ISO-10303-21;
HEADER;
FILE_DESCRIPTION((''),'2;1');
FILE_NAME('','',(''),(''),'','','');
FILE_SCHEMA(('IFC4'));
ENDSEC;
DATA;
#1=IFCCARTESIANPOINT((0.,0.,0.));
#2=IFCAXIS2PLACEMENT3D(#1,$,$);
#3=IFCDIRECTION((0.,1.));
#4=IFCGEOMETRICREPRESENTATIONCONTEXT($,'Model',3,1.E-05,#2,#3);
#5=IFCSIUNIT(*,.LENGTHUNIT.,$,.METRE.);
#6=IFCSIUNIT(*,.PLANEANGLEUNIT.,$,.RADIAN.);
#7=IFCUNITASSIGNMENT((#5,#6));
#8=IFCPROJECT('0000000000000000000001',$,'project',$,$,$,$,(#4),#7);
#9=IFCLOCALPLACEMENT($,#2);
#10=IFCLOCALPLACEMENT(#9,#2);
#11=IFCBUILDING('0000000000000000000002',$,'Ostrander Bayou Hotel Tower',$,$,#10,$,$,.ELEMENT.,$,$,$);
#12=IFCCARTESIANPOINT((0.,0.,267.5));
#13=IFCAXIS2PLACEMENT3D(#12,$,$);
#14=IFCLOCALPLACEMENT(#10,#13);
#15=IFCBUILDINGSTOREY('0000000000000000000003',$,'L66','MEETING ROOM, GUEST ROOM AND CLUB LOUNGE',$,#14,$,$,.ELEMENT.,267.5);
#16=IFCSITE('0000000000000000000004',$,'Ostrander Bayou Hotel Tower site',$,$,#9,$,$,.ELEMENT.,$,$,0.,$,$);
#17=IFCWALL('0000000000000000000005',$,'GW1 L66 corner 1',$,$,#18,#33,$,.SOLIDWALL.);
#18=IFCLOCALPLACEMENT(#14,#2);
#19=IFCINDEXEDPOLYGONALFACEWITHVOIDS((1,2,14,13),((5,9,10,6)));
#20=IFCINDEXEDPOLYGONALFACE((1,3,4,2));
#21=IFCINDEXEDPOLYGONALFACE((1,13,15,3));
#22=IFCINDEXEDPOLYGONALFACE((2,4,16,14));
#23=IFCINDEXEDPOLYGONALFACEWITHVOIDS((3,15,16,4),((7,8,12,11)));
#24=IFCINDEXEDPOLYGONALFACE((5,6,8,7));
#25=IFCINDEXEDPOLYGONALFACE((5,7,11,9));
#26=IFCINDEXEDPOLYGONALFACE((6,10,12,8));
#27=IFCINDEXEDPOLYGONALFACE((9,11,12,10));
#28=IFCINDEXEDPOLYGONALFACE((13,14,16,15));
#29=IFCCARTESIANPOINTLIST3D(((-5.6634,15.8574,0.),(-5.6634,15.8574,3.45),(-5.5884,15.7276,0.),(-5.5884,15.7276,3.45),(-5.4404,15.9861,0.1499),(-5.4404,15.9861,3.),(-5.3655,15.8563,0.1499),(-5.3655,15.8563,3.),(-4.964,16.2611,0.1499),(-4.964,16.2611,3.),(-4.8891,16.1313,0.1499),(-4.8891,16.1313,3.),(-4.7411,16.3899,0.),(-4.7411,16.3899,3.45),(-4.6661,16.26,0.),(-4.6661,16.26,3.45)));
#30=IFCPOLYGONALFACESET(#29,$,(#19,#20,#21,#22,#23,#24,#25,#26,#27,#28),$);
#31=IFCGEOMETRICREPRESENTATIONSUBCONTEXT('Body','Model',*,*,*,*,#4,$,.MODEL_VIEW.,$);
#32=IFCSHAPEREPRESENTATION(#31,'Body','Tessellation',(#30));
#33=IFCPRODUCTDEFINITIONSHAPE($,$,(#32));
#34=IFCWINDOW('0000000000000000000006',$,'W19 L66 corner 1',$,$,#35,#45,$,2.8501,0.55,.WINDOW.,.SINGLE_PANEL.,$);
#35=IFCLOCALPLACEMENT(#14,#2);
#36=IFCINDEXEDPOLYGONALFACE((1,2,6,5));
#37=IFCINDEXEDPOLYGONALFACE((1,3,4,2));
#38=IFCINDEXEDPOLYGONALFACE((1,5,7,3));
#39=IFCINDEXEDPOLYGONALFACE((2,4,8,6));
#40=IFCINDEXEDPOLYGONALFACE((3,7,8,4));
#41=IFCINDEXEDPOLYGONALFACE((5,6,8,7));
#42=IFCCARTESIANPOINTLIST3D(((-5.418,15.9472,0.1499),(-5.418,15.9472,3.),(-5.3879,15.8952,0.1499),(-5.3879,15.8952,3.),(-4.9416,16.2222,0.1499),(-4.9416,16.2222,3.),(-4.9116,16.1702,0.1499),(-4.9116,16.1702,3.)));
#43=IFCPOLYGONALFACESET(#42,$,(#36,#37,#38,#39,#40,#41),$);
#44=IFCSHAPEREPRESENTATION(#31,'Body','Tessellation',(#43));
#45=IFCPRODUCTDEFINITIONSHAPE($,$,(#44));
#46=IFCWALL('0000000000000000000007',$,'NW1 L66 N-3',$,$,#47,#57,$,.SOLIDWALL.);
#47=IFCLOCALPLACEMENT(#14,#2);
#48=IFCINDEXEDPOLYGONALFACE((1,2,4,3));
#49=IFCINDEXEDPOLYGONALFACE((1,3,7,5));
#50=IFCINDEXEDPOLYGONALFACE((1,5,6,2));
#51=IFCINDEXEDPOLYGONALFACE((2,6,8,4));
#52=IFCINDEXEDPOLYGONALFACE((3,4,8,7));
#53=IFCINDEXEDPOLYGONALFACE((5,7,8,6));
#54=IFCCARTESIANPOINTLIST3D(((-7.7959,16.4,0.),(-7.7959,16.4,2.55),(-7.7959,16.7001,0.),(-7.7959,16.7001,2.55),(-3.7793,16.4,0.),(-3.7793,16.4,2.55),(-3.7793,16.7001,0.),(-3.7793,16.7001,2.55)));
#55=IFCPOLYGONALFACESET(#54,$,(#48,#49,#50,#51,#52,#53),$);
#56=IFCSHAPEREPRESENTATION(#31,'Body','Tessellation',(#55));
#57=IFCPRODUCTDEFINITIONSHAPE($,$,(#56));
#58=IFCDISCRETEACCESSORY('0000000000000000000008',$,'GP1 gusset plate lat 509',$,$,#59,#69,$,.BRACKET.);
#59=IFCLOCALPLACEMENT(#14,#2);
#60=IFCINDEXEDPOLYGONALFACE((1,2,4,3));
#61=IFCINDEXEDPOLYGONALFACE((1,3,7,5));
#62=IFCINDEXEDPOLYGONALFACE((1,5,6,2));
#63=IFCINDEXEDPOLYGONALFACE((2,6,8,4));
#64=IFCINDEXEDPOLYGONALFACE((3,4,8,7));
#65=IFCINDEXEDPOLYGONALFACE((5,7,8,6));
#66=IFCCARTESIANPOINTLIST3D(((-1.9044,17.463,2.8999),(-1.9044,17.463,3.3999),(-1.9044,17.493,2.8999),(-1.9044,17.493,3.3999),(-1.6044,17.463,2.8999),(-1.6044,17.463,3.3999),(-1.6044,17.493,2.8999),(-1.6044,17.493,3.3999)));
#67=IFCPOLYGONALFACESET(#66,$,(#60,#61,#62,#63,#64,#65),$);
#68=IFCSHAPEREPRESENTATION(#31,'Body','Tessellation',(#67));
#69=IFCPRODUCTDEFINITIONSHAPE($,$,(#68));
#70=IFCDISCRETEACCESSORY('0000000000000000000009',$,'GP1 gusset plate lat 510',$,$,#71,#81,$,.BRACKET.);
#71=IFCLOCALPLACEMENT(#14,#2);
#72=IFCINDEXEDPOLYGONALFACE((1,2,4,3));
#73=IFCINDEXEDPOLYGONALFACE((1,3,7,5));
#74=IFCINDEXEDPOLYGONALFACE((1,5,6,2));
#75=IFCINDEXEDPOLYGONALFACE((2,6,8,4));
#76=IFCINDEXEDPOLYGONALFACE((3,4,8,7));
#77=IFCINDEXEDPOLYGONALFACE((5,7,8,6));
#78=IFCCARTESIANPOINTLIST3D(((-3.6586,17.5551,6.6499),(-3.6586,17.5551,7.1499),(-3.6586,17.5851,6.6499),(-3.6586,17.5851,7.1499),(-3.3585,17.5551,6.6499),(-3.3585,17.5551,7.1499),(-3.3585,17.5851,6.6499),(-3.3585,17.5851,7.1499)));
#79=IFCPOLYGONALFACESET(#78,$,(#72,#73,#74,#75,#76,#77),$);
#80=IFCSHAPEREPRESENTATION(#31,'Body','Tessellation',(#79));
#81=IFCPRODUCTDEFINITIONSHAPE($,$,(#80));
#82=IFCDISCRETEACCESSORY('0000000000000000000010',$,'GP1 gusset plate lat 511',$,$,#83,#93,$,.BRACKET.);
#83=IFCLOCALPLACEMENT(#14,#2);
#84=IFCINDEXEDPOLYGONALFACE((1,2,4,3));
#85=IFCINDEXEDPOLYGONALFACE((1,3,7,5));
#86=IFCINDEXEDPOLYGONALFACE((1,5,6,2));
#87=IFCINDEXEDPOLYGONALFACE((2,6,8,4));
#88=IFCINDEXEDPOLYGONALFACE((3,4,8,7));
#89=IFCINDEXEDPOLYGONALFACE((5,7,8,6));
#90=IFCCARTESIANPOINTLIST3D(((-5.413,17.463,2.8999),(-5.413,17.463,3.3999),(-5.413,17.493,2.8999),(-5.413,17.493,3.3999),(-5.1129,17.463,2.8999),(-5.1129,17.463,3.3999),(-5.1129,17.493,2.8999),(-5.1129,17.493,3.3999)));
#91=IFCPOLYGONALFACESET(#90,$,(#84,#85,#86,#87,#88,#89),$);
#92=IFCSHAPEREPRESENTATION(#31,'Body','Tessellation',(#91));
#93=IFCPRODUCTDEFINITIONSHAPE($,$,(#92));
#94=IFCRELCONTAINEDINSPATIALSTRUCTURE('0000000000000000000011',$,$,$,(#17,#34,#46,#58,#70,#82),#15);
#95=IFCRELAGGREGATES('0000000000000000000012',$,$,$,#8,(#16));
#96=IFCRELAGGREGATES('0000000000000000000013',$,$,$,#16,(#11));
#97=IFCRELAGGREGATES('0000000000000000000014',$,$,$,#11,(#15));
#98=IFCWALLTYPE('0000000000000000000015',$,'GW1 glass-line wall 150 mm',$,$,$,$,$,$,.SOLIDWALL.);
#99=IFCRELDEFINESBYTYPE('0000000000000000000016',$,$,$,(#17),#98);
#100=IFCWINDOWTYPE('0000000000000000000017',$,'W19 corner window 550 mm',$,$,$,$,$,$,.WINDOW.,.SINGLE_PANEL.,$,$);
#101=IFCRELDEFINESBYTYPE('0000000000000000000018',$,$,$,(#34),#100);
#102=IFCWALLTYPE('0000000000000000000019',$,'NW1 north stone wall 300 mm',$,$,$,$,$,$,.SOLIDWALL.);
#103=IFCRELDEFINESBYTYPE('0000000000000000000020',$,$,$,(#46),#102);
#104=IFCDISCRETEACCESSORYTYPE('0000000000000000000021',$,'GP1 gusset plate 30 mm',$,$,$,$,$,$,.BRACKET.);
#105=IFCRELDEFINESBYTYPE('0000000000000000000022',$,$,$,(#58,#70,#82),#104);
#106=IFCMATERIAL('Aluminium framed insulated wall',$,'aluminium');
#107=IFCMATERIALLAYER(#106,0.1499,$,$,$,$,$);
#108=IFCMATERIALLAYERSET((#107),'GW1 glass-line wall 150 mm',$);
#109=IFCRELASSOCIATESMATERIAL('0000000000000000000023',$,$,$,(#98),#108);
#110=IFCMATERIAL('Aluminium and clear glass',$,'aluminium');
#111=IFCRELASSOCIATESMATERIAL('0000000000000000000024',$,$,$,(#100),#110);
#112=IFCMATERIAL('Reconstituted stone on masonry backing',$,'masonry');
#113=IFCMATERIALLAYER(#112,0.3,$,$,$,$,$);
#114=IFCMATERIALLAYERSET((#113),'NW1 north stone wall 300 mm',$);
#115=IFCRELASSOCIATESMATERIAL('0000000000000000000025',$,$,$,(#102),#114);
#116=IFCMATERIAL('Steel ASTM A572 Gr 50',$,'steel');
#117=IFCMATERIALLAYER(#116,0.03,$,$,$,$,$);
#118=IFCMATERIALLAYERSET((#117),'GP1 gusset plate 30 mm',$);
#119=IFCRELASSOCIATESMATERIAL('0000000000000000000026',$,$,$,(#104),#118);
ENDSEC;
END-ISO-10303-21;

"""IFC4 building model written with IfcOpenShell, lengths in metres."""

from ifc_helpers import new_model, si_unit, direction, frame, frame_2d, origin, origin_2d, place, context, subcontext, project, spatial, rectangle, extrude, material, layer, layer_set, type_object, element, fill, save


model = new_model("IFC4")

# Units and contexts
model_context = context("Model", 3, precision=1e-05, world=origin(), true_north=direction((0.0, 1.0)))
body_context = subcontext(model_context, "Body", "Model", "MODEL_VIEW")
ifc_project = project(units=[si_unit("LENGTHUNIT", "METRE"), si_unit("PLANEANGLEUNIT", "RADIAN")], contexts=[model_context])

# Site, building, storey
site_placement = place(None, origin())
site = spatial("IfcSite", under=ifc_project, at=site_placement, Name="Ostrander Bayou Hotel Tower site", CompositionType="ELEMENT", RefElevation=0.0)
building_placement = place(site_placement, origin())
building = spatial("IfcBuilding", under=site, at=building_placement, Name="Ostrander Bayou Hotel Tower", CompositionType="ELEMENT")
storey_placement = place(building_placement, frame((0.0, 0.0, 267.5)))
storey = spatial("IfcBuildingStorey", under=building, at=storey_placement, Name="L66", Description="MEETING ROOM, GUEST ROOM AND CLUB LOUNGE", CompositionType="ELEMENT", Elevation=267.5)

# Wall, opening, window
ifc_material_1 = material(Name="Aluminium framed insulated wall", Category="aluminium")
ifc_layer_1 = layer(ifc_material_1, 0.1499)
ifc_layer_set_1 = layer_set([ifc_layer_1], Name="GW1 glass-line wall 150 mm")
wall_type_1 = type_object("IfcWallType", Name="GW1 glass-line wall 150 mm", PredefinedType="SOLIDWALL", material=ifc_layer_set_1)
wall_1_placement = place(storey_placement, frame((-4.7036, 16.325, 0.0), z_axis=(0.0, 0.0, 1.0), x_axis=(-0.866048, -0.499961, 0.0)))
wall_1 = element("IfcWall", 1, at=wall_1_placement, inside=storey, type_object=wall_type_1, Name="GW1 L66 corner 1", PredefinedType="SOLIDWALL", context=body_context, shape_type="SweptSolid", body=[
    extrude(rectangle(XDim=1.0649, YDim=0.1499, at=frame_2d((0.5325, 0.0))), origin(), (0.0, 0.0, 1.0), 3.45),
])
opening_placement = place(wall_1_placement, frame((0.2576, 0.0, 0.1499)))
opening = element("IfcOpeningElement", 2, at=opening_placement, cuts=wall_1, PredefinedType="OPENING", context=body_context, shape_type="SweptSolid", body=[
    extrude(rectangle(XDim=0.55, YDim=2.8501, at=frame_2d((0.2749, 1.425))), frame((0.0, 0.075, 0.0), z_axis=(0.0, -1.0, 0.0), x_axis=(1.0, 0.0, 0.0)), (0.0, 0.0, 1.0), 0.1499),
])
ifc_material_2 = material(Name="Aluminium and clear glass", Category="aluminium")
window_type = type_object("IfcWindowType", Name="W19 corner window 550 mm", PartitioningType="SINGLE_PANEL", PredefinedType="WINDOW", material=ifc_material_2)
window_placement = place(opening_placement, origin())
window = element("IfcWindow", 3, at=window_placement, inside=storey, type_object=window_type, Name="W19 L66 corner 1", OverallHeight=2.8501, OverallWidth=0.55, PartitioningType="SINGLE_PANEL", PredefinedType="WINDOW", context=body_context, shape_type="SweptSolid", body=[
    extrude(rectangle(XDim=0.55, YDim=2.8501, at=frame_2d((0.2749, 1.425))), frame((0.0, 0.03, 0.0), z_axis=(0.0, -1.0, 0.0), x_axis=(1.0, 0.0, 0.0)), (0.0, 0.0, 1.0), 0.0601),
])
fill(opening, window)

# Wall
ifc_material_3 = material(Name="Reconstituted stone on masonry backing", Category="masonry")
ifc_layer_2 = layer(ifc_material_3, 0.3)
ifc_layer_set_2 = layer_set([ifc_layer_2], Name="NW1 north stone wall 300 mm")
wall_type_2 = type_object("IfcWallType", Name="NW1 north stone wall 300 mm", PredefinedType="SOLIDWALL", material=ifc_layer_set_2)
wall_2_placement = place(storey_placement, frame((-3.7793, 16.55, 0.0), z_axis=(0.0, 0.0, 1.0), x_axis=(-1.0, 0.0, 0.0)))
element("IfcWall", 4, at=wall_2_placement, inside=storey, type_object=wall_type_2, Name="NW1 L66 N-3", PredefinedType="SOLIDWALL", context=body_context, shape_type="SweptSolid", body=[
    extrude(rectangle(XDim=4.0166, YDim=0.3, at=frame_2d((2.0083, 0.0))), origin(), (0.0, 0.0, 1.0), 2.55),
])

# Discrete accessories
ifc_material_4 = material(Name="Steel ASTM A572 Gr 50", Category="steel")
ifc_layer_3 = layer(ifc_material_4, 0.03)
ifc_layer_set_3 = layer_set([ifc_layer_3], Name="GP1 gusset plate 30 mm")
discrete_accessory_type = type_object("IfcDiscreteAccessoryType", Name="GP1 gusset plate 30 mm", PredefinedType="BRACKET", material=ifc_layer_set_3)
for number, where, z_axis, x_axis, name in (
    (5, (-1.7544, 17.478, 2.8999), (0.0, 0.0, 1.0), (-1.0, 0.0, 0.0), "GP1 gusset plate lat 509"),
    (6, (-3.5085, 17.5701, 6.6499), (0.0, 0.0, 1.0), (-1.0, 0.0, 0.0), "GP1 gusset plate lat 510"),
    (7, (-5.2629, 17.478, 2.8999), (0.0, 0.0, 1.0), (-1.0, 0.0, 0.0), "GP1 gusset plate lat 511"),
):
    element("IfcDiscreteAccessory", number, at=place(storey_placement, frame(where, z_axis=z_axis, x_axis=x_axis)), inside=storey, type_object=discrete_accessory_type, Name=name, PredefinedType="BRACKET", context=body_context, shape_type="SweptSolid", body=[
        extrude(rectangle(XDim=0.3, YDim=0.03, at=origin_2d()), origin(), (0.0, 0.0, 1.0), 0.5),
    ])

save(model, "model.ifc")
